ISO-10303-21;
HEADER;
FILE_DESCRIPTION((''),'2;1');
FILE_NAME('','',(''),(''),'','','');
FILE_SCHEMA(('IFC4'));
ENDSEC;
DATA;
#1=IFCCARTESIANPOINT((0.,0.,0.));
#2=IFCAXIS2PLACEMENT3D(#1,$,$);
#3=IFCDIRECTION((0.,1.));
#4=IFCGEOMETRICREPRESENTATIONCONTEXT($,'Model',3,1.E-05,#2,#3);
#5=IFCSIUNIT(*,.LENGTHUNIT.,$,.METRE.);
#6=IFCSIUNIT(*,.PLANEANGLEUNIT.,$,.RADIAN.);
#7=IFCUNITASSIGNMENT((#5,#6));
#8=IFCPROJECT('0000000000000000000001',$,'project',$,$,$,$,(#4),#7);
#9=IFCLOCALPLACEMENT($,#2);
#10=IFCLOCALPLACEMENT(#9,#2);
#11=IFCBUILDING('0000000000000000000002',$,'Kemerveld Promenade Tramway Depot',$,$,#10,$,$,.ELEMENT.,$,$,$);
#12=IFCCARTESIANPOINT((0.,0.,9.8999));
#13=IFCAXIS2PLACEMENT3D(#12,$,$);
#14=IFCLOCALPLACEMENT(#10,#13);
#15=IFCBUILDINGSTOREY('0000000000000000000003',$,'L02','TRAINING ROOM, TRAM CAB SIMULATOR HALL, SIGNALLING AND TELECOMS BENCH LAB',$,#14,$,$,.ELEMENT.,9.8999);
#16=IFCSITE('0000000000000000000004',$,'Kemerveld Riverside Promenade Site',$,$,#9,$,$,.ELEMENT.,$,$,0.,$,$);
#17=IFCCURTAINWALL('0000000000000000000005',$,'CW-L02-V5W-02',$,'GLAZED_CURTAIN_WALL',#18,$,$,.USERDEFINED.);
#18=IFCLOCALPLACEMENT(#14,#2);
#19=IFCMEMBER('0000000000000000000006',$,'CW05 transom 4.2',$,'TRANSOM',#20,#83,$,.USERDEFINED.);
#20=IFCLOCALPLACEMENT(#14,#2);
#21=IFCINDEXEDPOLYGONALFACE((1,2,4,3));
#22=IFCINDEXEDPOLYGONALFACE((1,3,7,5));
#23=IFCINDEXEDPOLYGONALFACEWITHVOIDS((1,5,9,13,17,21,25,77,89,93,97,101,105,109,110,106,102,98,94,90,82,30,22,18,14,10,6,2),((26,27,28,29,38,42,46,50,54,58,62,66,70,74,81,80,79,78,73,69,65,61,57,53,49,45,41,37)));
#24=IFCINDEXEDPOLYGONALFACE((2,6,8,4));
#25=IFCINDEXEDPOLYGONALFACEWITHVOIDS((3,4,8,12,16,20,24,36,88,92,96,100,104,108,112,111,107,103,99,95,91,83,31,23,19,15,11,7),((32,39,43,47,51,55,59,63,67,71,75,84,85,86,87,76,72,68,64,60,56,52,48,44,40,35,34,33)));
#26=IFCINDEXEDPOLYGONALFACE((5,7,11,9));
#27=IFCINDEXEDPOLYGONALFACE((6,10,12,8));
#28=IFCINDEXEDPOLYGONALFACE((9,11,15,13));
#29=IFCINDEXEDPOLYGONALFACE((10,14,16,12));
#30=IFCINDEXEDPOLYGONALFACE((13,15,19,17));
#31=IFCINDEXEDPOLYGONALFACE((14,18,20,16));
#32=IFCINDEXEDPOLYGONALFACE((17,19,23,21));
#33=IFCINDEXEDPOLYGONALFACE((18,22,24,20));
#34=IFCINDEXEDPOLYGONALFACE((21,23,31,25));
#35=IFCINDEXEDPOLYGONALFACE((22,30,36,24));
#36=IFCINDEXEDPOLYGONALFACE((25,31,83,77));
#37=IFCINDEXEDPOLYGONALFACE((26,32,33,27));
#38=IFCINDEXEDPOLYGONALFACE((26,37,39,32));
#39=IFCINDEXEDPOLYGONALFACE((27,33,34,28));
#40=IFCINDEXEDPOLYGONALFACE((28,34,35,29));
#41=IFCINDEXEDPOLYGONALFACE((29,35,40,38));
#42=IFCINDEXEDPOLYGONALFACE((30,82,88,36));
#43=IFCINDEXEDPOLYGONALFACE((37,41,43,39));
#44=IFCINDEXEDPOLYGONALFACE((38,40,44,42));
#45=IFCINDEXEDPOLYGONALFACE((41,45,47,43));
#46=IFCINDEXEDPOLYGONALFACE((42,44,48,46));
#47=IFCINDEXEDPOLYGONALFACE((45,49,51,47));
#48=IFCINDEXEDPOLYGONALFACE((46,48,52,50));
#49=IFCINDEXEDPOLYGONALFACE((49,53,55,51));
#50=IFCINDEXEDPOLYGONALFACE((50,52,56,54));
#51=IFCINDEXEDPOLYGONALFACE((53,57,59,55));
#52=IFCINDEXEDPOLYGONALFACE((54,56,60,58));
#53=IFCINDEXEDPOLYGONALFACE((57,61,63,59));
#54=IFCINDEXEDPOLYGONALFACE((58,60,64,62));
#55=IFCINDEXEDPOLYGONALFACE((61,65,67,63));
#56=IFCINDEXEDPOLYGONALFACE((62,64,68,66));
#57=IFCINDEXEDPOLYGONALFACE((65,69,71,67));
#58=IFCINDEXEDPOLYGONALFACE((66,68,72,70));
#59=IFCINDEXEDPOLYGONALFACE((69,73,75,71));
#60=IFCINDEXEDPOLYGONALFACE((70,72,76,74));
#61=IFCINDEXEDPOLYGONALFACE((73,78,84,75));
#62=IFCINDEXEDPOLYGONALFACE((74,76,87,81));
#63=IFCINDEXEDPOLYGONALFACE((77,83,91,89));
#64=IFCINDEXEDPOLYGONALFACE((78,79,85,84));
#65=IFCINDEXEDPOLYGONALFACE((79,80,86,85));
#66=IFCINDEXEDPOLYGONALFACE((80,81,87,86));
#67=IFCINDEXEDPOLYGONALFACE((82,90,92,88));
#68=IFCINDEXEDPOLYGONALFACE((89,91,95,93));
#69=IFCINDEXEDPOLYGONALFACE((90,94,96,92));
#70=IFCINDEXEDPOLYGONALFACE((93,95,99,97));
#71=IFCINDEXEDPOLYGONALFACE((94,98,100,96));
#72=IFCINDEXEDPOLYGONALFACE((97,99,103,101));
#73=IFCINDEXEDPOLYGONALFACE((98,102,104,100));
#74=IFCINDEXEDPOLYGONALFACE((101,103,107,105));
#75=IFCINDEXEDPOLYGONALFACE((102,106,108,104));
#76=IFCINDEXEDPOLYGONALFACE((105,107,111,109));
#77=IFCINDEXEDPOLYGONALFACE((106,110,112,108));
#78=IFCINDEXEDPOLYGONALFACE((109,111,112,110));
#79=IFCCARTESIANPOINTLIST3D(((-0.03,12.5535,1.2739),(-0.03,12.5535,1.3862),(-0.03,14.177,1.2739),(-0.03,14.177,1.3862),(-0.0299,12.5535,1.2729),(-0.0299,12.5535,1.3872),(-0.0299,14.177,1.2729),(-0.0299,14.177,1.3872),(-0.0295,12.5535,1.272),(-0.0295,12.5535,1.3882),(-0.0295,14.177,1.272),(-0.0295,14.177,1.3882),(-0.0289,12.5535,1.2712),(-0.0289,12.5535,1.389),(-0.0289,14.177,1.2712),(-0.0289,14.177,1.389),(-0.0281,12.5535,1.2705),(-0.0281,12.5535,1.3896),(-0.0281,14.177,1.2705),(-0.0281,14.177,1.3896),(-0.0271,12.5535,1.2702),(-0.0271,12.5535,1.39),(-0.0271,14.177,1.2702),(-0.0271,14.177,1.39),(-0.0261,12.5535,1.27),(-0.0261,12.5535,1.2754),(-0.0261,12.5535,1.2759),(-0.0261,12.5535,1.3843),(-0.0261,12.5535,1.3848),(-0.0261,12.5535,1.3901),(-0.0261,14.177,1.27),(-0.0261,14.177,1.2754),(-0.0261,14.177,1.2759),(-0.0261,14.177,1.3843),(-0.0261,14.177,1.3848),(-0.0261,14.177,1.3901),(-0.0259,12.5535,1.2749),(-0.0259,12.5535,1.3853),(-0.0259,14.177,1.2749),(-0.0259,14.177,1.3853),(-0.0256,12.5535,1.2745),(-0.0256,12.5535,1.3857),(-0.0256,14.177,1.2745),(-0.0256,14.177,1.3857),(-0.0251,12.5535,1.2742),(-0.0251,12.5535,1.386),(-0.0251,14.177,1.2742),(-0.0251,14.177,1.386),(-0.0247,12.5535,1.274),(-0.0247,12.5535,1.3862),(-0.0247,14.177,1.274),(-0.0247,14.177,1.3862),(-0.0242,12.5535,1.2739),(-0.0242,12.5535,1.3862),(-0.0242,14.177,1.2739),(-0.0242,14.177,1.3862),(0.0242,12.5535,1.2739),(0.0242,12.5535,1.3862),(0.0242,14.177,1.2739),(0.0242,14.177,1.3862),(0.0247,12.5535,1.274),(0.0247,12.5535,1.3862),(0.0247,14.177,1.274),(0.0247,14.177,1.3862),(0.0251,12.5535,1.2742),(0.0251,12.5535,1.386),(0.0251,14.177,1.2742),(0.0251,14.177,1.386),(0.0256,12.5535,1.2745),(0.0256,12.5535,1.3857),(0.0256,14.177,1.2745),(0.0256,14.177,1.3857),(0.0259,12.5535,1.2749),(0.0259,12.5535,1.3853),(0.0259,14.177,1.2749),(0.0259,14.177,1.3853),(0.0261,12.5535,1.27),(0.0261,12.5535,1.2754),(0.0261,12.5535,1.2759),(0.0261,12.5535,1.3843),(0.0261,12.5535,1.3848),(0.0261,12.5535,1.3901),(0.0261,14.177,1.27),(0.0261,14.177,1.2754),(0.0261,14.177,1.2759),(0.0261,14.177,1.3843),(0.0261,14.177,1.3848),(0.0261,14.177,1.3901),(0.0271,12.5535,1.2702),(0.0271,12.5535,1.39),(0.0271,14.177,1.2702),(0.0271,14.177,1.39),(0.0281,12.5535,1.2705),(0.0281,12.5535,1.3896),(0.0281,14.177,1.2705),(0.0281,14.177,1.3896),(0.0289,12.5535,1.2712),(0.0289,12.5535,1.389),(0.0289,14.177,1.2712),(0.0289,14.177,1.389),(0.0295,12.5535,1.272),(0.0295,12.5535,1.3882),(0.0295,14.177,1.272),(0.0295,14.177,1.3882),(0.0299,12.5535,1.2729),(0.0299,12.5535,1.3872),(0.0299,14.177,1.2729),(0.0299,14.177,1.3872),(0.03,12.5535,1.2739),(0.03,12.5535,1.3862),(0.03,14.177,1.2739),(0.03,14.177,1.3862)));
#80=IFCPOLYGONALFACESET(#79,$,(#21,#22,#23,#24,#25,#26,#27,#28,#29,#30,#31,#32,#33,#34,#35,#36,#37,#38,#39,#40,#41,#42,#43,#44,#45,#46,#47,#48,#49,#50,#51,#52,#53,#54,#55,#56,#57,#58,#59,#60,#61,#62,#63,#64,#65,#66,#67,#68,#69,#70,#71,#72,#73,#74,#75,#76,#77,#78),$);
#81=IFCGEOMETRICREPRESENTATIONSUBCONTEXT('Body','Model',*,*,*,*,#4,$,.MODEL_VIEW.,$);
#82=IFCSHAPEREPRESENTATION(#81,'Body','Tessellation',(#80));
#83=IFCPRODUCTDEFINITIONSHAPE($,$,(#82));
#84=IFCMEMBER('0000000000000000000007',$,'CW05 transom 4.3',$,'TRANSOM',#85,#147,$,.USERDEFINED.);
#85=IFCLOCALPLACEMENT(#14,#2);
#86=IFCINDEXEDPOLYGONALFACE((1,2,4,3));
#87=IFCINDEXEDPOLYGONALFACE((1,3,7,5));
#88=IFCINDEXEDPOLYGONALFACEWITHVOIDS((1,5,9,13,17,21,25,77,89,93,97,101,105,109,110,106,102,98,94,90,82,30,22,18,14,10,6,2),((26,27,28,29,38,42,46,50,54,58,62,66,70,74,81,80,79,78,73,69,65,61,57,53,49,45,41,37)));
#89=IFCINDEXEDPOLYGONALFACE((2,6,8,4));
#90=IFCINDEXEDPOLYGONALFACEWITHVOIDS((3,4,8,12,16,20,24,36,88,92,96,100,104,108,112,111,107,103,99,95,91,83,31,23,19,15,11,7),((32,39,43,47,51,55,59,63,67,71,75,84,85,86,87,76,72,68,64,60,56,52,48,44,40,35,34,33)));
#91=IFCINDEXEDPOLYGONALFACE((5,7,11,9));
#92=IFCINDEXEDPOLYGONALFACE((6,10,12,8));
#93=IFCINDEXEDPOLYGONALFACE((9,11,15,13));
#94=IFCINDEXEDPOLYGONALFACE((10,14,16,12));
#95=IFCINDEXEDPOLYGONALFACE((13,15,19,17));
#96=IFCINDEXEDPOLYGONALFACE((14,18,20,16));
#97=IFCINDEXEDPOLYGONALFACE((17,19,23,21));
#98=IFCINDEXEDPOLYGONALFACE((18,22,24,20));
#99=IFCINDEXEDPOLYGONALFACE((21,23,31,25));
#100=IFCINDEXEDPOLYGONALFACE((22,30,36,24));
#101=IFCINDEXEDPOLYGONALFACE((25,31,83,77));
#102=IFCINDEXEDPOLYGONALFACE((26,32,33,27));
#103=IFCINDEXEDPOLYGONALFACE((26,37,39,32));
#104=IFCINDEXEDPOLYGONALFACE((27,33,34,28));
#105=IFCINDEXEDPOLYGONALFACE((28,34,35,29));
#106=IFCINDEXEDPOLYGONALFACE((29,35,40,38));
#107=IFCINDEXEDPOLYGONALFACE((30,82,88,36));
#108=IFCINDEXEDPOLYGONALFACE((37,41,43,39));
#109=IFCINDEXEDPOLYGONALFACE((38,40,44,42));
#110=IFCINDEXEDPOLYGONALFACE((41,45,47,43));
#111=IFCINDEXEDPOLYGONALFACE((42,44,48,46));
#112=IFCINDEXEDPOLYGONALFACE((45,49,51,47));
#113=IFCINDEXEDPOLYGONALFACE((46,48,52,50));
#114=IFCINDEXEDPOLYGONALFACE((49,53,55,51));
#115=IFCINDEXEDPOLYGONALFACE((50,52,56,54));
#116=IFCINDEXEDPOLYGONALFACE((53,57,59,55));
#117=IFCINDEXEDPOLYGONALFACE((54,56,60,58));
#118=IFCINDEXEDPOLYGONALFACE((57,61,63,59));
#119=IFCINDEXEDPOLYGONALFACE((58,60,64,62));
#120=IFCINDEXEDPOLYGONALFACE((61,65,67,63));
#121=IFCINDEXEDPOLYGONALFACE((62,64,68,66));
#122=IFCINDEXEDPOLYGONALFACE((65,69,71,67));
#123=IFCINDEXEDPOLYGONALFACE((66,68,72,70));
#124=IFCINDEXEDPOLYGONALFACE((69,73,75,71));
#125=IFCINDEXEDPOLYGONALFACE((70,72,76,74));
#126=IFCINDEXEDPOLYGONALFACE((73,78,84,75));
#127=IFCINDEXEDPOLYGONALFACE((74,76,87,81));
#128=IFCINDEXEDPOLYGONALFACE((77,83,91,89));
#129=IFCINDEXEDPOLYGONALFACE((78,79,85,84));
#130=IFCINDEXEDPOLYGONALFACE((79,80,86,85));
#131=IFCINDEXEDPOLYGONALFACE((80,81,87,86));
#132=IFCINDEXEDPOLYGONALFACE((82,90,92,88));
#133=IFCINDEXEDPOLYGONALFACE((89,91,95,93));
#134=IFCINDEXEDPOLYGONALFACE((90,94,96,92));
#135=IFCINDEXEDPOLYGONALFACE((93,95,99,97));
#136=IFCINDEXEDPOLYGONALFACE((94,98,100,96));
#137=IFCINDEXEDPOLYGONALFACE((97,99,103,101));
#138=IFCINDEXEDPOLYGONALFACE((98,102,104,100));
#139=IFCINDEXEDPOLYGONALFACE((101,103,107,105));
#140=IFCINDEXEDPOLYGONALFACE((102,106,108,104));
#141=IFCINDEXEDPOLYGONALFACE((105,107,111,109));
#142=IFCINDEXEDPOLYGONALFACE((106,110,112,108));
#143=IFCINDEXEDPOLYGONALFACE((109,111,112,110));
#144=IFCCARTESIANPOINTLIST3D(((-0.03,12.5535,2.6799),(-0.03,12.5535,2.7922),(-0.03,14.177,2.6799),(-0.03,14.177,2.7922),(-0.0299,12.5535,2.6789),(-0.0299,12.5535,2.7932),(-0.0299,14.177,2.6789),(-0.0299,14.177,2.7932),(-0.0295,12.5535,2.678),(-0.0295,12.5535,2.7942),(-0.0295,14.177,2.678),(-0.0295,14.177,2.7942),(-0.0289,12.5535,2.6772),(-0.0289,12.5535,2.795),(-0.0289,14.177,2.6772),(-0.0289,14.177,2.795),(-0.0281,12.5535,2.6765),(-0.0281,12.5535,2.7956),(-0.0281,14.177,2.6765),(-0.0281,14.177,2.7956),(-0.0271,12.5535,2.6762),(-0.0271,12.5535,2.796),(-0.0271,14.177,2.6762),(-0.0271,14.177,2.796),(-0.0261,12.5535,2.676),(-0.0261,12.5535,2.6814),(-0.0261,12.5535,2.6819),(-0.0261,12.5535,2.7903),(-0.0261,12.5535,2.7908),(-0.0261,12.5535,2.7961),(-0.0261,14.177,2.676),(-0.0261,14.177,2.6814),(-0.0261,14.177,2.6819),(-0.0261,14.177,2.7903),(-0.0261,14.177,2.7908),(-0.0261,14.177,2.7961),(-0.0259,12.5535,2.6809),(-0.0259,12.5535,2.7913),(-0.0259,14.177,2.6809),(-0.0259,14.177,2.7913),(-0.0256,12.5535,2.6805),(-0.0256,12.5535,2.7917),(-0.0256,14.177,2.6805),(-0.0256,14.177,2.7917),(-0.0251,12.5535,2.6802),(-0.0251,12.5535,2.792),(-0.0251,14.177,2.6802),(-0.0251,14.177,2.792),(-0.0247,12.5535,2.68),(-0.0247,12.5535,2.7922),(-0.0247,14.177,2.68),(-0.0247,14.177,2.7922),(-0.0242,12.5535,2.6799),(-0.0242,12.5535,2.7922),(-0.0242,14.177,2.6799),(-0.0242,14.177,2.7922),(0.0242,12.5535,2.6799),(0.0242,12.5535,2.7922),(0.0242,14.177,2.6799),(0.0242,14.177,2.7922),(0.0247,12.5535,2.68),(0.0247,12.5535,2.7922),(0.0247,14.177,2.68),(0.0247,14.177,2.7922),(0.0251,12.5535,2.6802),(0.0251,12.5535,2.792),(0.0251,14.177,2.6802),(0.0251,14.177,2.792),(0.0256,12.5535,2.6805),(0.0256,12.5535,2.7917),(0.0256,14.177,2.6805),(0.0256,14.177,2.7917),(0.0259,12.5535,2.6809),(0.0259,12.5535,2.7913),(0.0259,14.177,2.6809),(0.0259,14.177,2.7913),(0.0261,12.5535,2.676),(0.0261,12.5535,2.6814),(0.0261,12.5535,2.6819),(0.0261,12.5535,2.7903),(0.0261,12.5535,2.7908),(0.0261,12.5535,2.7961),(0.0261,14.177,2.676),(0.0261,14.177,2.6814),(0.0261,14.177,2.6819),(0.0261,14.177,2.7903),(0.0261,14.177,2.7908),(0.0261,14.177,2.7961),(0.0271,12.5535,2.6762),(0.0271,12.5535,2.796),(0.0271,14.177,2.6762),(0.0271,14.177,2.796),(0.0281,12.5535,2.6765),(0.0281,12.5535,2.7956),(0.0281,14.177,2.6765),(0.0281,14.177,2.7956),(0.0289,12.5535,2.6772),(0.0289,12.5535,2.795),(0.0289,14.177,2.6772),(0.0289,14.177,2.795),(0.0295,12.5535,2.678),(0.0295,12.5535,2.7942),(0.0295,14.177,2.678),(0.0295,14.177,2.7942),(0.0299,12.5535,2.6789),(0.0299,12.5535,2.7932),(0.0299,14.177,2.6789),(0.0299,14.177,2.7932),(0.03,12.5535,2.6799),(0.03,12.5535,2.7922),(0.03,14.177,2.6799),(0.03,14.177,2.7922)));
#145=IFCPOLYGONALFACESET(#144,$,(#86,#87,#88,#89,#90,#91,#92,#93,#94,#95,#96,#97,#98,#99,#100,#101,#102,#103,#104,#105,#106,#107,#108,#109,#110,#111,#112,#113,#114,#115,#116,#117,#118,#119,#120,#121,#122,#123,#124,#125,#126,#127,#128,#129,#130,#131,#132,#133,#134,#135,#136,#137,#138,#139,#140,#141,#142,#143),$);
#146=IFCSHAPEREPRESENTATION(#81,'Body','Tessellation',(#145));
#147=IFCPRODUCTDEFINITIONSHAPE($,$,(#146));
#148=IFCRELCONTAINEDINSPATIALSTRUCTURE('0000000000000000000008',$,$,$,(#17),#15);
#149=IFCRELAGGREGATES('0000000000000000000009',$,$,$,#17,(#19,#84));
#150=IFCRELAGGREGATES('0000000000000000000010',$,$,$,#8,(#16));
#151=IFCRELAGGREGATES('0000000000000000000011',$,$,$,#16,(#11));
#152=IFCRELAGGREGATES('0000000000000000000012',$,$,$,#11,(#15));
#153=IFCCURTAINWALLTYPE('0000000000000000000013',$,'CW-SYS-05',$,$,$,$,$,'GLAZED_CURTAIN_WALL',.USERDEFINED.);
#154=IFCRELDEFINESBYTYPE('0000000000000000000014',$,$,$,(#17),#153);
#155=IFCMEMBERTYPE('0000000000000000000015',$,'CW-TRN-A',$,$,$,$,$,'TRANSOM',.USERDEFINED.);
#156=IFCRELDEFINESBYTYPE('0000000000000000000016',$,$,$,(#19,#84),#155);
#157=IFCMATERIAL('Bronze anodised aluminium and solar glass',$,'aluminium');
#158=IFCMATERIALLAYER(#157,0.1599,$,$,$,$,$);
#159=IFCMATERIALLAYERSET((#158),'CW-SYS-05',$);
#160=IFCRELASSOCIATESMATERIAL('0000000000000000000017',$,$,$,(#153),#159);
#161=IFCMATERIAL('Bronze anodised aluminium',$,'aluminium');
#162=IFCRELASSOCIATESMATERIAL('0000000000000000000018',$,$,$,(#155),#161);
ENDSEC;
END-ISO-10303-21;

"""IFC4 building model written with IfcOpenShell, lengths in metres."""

from ifc_helpers import new_model, si_unit, direction, frame, origin, origin_2d, place, context, subcontext, project, spatial, hollow_rectangle, extrude, material, layer, layer_set, material_profile, profile_set, type_object, element, aggregate, save


model = new_model("IFC4")

# Units and contexts
model_context = context("Model", 3, precision=1e-05, world=origin(), true_north=direction((0.0, 1.0)))
body_context = subcontext(model_context, "Body", "Model", "MODEL_VIEW")
ifc_project = project(units=[si_unit("LENGTHUNIT", "METRE"), si_unit("PLANEANGLEUNIT", "RADIAN")], contexts=[model_context])

# Site, building, storey
site_placement = place(None, origin())
site = spatial("IfcSite", under=ifc_project, at=site_placement, Name="Kemerveld Riverside Promenade Site", CompositionType="ELEMENT", RefElevation=0.0)
building_placement = place(site_placement, origin())
building = spatial("IfcBuilding", under=site, at=building_placement, Name="Kemerveld Promenade Tramway Depot", CompositionType="ELEMENT")
storey_placement = place(building_placement, frame((0.0, 0.0, 9.8999)))
storey = spatial("IfcBuildingStorey", under=building, at=storey_placement, Name="L02", Description="TRAINING ROOM, TRAM CAB SIMULATOR HALL, SIGNALLING AND TELECOMS BENCH LAB", CompositionType="ELEMENT", Elevation=9.8999)

# Curtain wall, members
ifc_material_1 = material(Name="Bronze anodised aluminium and solar glass", Category="aluminium")
ifc_layer_1 = layer(ifc_material_1, 0.1599)
ifc_layer_set_1 = layer_set([ifc_layer_1], Name="CW-SYS-05")
curtain_wall_type = type_object("IfcCurtainWallType", Name="CW-SYS-05", ElementType="GLAZED_CURTAIN_WALL", PredefinedType="USERDEFINED", material=ifc_layer_set_1)
curtain_wall_placement = place(storey_placement, origin())
curtain_wall = element("IfcCurtainWall", 1, at=curtain_wall_placement, inside=storey, type_object=curtain_wall_type, Name="CW-L02-V5W-02", ObjectType="GLAZED_CURTAIN_WALL", PredefinedType="USERDEFINED")
ifc_material_2 = material(Name="Bronze anodised aluminium", Category="aluminium")
ifc_material_profile_1 = material_profile(ifc_material_2, hollow_rectangle(XDim=0.0601, YDim=0.1201, WallThickness=0.0039, InnerFilletRadius=0.002, OuterFilletRadius=0.0039, at=origin_2d()), Name="CW-TRN-120x60")
ifc_profile_set_1 = profile_set([ifc_material_profile_1], Name="Bronze anodised aluminium")
member_type_1 = type_object("IfcMemberType", Name="CW-TRN-A", ElementType="TRANSOM", PredefinedType="USERDEFINED", material=ifc_profile_set_1)
member_1_placement = place(storey_placement, frame((0.0, 12.5535, 1.3301), z_axis=(0.0, 1.0, 0.0), x_axis=(-1.0, 0.0, 0.0)))
member_1 = element("IfcMember", 2, at=member_1_placement, type_object=member_type_1, Name="CW05 transom 4.2", ObjectType="TRANSOM", PredefinedType="USERDEFINED", context=body_context, shape_type="SweptSolid", body=[
    extrude(hollow_rectangle(XDim=0.0601, YDim=0.1201, WallThickness=0.0039, InnerFilletRadius=0.002, OuterFilletRadius=0.0039, at=origin_2d()), origin(), (0.0, 0.0, 1.0), 1.6235),
])
member_2_placement = place(storey_placement, frame((0.0, 12.5535, 2.7361), z_axis=(0.0, 1.0, 0.0), x_axis=(-1.0, 0.0, 0.0)))
member_2 = element("IfcMember", 3, at=member_2_placement, type_object=member_type_1, Name="CW05 transom 4.3", ObjectType="TRANSOM", PredefinedType="USERDEFINED", context=body_context, shape_type="SweptSolid", body=[
    extrude(hollow_rectangle(XDim=0.0601, YDim=0.1201, WallThickness=0.0039, InnerFilletRadius=0.002, OuterFilletRadius=0.0039, at=origin_2d()), origin(), (0.0, 0.0, 1.0), 1.6235),
])
aggregate(curtain_wall, [member_1, member_2])

save(model, "model.ifc")
